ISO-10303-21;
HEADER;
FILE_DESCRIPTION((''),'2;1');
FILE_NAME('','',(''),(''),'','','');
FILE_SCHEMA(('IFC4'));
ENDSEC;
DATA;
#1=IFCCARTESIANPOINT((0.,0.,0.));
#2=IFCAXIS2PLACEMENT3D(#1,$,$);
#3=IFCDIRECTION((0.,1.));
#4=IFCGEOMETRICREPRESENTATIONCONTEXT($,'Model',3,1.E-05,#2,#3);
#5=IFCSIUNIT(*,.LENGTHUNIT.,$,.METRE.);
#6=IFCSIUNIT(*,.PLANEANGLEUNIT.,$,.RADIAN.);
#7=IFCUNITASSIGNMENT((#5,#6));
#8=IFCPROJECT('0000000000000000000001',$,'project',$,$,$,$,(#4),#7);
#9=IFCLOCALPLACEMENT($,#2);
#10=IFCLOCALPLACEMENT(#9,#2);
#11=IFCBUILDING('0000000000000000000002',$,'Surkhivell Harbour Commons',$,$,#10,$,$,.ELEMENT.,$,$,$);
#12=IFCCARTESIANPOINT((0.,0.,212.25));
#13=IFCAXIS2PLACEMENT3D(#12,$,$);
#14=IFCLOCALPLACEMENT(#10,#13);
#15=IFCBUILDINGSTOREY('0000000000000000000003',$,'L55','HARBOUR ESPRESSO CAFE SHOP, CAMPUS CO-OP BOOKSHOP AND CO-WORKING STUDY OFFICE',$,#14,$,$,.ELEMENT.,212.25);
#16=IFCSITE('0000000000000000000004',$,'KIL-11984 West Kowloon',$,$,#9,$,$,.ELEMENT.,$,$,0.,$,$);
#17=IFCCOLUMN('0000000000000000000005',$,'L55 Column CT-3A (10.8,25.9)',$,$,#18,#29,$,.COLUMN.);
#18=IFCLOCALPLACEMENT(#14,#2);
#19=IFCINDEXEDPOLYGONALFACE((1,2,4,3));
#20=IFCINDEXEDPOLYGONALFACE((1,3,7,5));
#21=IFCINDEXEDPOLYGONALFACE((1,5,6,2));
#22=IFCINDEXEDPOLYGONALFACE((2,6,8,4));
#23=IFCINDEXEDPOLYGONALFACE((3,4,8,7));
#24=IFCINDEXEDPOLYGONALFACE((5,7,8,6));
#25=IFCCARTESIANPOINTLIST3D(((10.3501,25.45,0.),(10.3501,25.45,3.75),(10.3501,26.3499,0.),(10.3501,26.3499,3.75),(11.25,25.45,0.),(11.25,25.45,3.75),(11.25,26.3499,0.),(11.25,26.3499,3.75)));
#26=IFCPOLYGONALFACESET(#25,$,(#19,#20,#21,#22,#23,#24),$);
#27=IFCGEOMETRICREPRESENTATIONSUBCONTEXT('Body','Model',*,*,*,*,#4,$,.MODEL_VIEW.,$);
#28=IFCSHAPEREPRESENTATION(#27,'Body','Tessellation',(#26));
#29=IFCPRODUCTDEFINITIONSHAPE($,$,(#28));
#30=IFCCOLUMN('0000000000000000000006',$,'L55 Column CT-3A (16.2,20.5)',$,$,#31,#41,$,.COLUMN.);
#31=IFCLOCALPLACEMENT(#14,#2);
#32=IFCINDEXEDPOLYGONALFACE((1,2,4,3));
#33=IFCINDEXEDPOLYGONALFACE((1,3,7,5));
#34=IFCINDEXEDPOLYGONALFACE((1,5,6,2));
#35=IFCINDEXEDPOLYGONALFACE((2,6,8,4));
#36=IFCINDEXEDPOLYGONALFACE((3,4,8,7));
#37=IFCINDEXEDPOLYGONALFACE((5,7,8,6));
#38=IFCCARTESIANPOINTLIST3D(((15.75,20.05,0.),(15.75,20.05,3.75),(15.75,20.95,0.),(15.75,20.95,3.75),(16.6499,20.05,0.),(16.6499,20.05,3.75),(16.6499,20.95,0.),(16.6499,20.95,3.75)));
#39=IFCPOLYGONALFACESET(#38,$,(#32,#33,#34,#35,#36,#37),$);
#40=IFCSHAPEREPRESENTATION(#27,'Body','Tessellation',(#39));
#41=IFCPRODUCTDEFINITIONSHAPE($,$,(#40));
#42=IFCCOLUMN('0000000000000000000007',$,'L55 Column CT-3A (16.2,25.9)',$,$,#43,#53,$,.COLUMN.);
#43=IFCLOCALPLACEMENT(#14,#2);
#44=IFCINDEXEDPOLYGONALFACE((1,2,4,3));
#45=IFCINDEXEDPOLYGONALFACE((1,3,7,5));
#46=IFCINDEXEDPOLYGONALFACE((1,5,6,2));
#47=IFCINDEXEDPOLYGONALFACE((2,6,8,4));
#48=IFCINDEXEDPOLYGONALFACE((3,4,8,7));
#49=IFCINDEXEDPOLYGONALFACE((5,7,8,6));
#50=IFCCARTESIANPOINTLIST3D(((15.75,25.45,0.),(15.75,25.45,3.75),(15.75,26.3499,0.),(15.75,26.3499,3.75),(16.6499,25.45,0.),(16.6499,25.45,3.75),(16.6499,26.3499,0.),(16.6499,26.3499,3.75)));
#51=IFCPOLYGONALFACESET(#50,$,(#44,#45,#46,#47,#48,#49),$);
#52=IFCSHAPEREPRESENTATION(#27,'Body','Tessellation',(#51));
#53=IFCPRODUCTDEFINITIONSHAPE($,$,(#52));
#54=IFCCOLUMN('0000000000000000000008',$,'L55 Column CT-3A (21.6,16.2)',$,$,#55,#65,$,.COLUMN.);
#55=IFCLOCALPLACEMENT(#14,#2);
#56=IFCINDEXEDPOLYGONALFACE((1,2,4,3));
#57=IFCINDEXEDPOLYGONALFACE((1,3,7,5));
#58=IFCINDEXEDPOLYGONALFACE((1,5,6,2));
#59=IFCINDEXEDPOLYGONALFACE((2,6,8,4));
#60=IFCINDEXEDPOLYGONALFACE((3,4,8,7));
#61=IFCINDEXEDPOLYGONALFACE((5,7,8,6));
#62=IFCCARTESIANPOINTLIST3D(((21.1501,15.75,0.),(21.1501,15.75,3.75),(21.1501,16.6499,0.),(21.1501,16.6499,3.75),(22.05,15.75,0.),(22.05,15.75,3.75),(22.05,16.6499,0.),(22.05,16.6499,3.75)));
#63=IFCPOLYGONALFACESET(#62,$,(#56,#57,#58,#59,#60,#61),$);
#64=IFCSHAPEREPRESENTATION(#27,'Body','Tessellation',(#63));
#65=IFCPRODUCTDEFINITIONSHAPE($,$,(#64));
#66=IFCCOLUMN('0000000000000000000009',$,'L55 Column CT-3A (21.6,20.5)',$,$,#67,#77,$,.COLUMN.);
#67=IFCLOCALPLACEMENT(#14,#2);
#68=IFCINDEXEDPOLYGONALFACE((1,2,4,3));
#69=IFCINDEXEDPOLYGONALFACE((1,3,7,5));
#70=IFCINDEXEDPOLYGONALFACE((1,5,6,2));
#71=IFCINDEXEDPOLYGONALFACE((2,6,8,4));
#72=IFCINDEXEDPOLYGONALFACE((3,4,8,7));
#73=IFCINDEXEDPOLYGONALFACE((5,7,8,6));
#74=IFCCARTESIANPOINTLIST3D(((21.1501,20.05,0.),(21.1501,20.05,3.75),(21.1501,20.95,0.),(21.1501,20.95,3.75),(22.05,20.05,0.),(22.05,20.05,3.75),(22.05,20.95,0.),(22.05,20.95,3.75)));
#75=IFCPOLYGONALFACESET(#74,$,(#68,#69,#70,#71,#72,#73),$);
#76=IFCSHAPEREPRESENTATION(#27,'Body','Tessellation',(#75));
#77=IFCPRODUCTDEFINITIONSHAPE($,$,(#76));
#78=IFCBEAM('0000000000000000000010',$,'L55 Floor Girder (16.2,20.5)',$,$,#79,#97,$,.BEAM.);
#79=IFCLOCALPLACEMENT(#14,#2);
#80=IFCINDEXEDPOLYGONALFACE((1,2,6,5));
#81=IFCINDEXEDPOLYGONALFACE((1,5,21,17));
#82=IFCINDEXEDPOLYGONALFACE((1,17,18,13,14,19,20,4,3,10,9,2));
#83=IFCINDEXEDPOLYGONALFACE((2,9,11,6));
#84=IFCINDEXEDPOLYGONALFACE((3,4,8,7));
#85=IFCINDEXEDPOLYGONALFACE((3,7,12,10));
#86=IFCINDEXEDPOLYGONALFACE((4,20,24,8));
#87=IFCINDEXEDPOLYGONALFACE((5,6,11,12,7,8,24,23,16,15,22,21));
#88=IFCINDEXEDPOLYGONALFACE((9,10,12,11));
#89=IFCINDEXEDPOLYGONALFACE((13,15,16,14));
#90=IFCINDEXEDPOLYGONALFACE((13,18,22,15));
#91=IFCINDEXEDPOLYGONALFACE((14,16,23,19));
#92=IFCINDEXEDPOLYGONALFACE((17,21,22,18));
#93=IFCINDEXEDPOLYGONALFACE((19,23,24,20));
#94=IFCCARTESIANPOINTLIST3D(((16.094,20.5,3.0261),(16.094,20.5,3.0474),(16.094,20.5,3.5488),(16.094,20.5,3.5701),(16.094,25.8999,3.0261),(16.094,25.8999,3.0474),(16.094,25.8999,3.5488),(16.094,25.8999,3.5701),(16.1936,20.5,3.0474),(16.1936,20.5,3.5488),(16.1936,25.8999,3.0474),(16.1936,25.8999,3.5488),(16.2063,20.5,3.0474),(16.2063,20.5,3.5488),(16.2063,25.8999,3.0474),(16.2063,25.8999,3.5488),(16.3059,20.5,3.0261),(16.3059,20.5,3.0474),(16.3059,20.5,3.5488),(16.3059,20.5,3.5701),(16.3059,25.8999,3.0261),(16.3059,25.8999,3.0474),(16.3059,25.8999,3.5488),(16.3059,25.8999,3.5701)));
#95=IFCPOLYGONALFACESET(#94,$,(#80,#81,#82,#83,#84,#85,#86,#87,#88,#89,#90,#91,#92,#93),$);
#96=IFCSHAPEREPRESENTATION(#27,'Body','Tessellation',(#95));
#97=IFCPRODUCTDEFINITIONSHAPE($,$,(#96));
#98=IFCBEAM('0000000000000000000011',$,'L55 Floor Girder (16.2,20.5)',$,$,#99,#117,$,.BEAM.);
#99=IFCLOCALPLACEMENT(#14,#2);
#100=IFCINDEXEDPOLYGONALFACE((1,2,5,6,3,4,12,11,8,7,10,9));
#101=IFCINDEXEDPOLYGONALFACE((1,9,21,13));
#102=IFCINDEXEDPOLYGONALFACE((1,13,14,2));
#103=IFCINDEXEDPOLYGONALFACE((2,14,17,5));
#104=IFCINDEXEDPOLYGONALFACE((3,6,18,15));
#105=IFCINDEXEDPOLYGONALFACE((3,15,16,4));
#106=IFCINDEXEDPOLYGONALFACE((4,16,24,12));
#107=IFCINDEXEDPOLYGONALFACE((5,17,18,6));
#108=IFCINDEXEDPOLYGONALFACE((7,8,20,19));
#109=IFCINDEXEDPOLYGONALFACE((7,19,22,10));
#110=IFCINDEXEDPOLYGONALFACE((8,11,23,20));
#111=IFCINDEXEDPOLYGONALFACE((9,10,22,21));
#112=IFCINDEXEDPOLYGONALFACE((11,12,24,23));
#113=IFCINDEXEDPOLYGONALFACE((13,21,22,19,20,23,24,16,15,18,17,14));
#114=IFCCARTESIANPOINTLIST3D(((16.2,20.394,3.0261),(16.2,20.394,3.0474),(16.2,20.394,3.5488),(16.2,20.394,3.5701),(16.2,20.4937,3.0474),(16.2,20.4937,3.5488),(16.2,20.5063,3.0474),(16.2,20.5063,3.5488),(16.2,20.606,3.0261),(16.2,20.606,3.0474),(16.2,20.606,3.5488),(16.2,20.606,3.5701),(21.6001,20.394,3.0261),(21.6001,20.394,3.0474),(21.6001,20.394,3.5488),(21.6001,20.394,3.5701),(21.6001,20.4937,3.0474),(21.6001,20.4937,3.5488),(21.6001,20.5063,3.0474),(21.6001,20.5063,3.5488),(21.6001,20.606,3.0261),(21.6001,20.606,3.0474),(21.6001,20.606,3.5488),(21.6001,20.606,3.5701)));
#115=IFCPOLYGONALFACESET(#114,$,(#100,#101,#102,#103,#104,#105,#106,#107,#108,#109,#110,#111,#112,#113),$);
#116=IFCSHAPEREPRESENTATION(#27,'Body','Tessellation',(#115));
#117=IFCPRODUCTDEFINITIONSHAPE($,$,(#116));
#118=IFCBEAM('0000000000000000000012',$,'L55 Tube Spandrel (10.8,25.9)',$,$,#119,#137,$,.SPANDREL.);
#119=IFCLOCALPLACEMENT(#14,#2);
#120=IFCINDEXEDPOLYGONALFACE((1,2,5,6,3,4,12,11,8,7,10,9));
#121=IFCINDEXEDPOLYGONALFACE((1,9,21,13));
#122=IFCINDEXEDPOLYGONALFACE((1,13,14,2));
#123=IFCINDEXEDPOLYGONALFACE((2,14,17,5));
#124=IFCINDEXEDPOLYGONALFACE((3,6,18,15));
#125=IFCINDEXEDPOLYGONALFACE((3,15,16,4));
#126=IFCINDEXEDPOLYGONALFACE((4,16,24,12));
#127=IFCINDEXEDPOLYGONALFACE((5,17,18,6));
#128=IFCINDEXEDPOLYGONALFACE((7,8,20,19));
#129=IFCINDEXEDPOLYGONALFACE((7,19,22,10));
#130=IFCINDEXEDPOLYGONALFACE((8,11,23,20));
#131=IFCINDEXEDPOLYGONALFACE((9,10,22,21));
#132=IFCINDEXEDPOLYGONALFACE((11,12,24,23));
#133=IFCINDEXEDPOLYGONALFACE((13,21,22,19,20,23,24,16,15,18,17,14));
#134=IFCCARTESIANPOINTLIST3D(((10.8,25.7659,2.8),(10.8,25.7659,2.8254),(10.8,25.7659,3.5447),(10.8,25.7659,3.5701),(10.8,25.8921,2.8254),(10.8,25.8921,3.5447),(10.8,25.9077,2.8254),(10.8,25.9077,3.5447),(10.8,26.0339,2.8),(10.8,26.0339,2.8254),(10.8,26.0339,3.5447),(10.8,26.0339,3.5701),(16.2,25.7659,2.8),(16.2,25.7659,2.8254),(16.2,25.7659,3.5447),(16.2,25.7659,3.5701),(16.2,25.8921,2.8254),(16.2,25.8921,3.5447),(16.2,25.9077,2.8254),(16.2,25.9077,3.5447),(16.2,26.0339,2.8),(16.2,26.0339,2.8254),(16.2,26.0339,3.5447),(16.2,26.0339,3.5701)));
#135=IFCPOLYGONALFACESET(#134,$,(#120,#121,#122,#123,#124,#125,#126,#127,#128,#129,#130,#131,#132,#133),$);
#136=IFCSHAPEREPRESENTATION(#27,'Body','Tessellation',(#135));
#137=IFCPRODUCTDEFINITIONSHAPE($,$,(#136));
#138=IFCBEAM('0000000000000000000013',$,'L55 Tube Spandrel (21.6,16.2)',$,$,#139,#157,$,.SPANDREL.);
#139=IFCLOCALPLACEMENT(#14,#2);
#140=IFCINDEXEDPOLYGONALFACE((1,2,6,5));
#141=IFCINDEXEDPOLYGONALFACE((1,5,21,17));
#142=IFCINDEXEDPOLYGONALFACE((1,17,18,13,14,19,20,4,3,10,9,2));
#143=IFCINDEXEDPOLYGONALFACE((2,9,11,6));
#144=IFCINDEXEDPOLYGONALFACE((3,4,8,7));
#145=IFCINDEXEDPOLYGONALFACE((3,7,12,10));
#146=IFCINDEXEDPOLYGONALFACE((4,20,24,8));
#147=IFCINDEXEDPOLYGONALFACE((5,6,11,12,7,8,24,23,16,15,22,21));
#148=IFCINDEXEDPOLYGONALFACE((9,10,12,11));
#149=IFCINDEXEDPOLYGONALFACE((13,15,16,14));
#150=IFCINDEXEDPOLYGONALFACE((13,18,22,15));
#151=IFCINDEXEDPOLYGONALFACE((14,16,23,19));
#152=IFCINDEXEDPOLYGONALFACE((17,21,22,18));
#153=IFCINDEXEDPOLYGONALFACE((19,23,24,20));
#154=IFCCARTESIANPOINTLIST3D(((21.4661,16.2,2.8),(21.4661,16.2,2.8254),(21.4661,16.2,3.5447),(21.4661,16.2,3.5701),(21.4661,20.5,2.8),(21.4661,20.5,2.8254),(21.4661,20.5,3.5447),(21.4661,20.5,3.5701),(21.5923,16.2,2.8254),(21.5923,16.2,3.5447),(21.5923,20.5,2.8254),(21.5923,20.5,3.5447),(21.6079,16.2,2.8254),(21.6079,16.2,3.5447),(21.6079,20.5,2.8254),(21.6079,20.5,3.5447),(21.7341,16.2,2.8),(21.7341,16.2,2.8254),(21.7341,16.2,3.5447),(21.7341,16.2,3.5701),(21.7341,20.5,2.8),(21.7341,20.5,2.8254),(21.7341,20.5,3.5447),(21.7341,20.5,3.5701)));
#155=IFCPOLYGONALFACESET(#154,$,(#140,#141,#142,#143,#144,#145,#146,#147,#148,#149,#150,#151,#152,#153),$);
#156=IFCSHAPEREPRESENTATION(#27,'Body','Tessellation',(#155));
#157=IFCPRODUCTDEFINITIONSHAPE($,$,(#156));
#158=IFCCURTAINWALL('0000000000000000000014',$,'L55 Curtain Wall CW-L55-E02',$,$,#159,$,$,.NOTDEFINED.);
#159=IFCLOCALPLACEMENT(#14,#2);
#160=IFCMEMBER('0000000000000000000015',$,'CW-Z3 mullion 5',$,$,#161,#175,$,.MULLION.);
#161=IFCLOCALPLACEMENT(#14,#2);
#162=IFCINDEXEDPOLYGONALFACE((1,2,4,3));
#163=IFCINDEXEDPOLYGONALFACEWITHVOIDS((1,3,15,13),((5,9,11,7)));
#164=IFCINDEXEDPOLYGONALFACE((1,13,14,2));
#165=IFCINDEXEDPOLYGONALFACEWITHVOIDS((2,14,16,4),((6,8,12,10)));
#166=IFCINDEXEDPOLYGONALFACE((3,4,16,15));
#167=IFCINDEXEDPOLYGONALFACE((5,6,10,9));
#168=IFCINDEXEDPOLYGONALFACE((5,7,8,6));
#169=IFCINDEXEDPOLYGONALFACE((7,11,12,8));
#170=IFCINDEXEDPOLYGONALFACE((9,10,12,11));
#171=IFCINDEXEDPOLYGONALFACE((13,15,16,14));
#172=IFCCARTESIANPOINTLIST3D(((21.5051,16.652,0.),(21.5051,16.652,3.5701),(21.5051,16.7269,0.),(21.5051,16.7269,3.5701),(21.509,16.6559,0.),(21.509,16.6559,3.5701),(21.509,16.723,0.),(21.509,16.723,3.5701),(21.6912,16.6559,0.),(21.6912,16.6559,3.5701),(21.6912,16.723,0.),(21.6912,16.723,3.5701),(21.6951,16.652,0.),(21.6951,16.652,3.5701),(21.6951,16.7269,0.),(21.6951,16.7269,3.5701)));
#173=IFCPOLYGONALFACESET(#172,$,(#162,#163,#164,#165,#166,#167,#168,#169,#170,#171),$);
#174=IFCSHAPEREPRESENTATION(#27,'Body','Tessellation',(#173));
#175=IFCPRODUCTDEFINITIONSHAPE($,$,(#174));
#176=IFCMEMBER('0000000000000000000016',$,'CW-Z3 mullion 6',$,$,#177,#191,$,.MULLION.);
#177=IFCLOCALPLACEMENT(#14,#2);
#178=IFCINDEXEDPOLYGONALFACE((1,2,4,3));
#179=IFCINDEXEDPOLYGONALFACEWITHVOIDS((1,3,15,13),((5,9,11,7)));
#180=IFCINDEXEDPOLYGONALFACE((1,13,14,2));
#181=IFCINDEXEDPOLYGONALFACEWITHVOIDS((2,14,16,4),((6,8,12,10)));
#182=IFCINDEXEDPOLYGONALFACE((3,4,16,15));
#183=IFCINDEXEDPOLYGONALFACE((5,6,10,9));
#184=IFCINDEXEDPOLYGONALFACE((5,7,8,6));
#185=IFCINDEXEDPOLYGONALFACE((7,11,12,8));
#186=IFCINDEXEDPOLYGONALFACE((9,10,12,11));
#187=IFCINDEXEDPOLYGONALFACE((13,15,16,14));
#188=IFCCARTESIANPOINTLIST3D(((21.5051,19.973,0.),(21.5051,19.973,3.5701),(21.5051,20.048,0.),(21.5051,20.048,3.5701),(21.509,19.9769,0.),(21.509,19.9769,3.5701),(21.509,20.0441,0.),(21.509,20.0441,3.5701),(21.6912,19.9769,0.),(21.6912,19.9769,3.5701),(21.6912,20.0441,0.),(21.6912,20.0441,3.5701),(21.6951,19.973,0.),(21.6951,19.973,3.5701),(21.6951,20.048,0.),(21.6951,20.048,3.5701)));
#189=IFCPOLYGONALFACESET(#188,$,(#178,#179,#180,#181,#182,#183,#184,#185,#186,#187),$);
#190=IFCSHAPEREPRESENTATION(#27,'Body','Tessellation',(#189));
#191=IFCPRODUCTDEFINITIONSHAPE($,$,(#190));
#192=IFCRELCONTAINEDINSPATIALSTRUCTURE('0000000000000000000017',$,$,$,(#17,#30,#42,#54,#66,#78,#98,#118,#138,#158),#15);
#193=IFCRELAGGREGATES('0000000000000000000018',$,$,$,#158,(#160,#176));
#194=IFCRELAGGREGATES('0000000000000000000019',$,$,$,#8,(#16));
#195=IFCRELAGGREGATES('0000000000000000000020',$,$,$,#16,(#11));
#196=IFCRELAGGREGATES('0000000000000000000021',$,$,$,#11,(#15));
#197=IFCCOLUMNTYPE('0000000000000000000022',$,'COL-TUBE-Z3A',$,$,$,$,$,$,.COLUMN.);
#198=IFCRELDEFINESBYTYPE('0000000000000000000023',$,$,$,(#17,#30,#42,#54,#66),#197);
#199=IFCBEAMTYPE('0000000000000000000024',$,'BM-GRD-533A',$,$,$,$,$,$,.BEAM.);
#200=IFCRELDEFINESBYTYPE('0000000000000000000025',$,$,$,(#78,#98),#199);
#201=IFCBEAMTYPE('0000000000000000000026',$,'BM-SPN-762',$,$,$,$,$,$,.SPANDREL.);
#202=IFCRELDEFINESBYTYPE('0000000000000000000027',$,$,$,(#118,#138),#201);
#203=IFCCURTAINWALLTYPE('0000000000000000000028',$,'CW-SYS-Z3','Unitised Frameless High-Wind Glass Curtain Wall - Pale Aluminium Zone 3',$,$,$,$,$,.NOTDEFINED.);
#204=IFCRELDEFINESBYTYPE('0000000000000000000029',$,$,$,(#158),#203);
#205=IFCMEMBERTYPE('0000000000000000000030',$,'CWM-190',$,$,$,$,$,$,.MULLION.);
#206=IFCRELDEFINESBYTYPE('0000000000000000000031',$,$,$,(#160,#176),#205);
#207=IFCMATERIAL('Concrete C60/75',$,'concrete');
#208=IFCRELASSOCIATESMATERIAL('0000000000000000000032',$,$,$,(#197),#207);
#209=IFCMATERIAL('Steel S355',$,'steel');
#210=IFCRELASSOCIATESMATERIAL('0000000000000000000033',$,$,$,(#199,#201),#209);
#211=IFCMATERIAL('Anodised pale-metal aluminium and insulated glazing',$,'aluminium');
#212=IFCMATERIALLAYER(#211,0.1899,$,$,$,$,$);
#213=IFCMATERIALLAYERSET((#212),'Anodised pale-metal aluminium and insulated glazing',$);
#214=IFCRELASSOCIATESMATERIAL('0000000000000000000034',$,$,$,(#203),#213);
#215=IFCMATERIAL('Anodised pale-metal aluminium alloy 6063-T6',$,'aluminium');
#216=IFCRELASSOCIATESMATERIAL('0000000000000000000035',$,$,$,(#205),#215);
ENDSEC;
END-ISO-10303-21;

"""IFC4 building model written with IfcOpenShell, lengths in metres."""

from ifc_helpers import new_model, si_unit, direction, frame, origin, origin_2d, place, context, subcontext, project, spatial, rectangle, hollow_rectangle, i_section, extrude, material, layer, layer_set, material_profile, profile_set, type_object, element, aggregate, save


model = new_model("IFC4")

# Units and contexts
model_context = context("Model", 3, precision=1e-05, world=origin(), true_north=direction((0.0, 1.0)))
body_context = subcontext(model_context, "Body", "Model", "MODEL_VIEW")
ifc_project = project(units=[si_unit("LENGTHUNIT", "METRE"), si_unit("PLANEANGLEUNIT", "RADIAN")], contexts=[model_context])

# Site, building, storey
site_placement = place(None, origin())
site = spatial("IfcSite", under=ifc_project, at=site_placement, Name="KIL-11984 West Kowloon", CompositionType="ELEMENT", RefElevation=0.0)
building_placement = place(site_placement, origin())
building = spatial("IfcBuilding", under=site, at=building_placement, Name="Surkhivell Harbour Commons", CompositionType="ELEMENT")
storey_placement = place(building_placement, frame((0.0, 0.0, 212.25)))
storey = spatial("IfcBuildingStorey", under=building, at=storey_placement, Name="L55", Description="HARBOUR ESPRESSO CAFE SHOP, CAMPUS CO-OP BOOKSHOP AND CO-WORKING STUDY OFFICE", CompositionType="ELEMENT", Elevation=212.25)

# Columns
ifc_material_1 = material(Name="Concrete C60/75", Category="concrete")
ifc_material_profile_1 = material_profile(ifc_material_1, rectangle(XDim=0.8999, YDim=0.8999, at=origin_2d()), Name="RC-COL-900x900")
ifc_profile_set_1 = profile_set([ifc_material_profile_1], Name="Concrete C60/75")
column_type = type_object("IfcColumnType", Name="COL-TUBE-Z3A", PredefinedType="COLUMN", material=ifc_profile_set_1)
for number, where, z_axis, x_axis, name in (
    (1, (10.8, 25.8999, 0.0), (0.0, 0.0, 1.0), (1.0, 0.0, 0.0), "L55 Column CT-3A (10.8,25.9)"),
    (2, (16.2, 20.5, 0.0), (0.0, 0.0, 1.0), (1.0, 0.0, 0.0), "L55 Column CT-3A (16.2,20.5)"),
    (3, (16.2, 25.8999, 0.0), (0.0, 0.0, 1.0), (1.0, 0.0, 0.0), "L55 Column CT-3A (16.2,25.9)"),
    (4, (21.6001, 16.2, 0.0), (0.0, 0.0, 1.0), (1.0, 0.0, 0.0), "L55 Column CT-3A (21.6,16.2)"),
    (5, (21.6001, 20.5, 0.0), (0.0, 0.0, 1.0), (1.0, 0.0, 0.0), "L55 Column CT-3A (21.6,20.5)"),
):
    element("IfcColumn", number, at=place(storey_placement, frame(where, z_axis=z_axis, x_axis=x_axis)), inside=storey, type_object=column_type, Name=name, PredefinedType="COLUMN", context=body_context, shape_type="SweptSolid", body=[
        extrude(rectangle(XDim=0.8999, YDim=0.8999, at=origin_2d()), origin(), (0.0, 0.0, 1.0), 3.75),
    ])

# Beams
ifc_material_2 = material(Name="Steel S355", Category="steel")
ifc_material_profile_2 = material_profile(ifc_material_2, i_section(OverallWidth=0.2119, OverallDepth=0.5439, WebThickness=0.0127, FlangeThickness=0.0212, at=origin_2d()), Name="UB533x210x122")
ifc_profile_set_2 = profile_set([ifc_material_profile_2], Name="Steel S355")
beam_type_1 = type_object("IfcBeamType", Name="BM-GRD-533A", PredefinedType="BEAM", material=ifc_profile_set_2)
beam_1_placement = place(storey_placement, frame((16.2, 20.5, 3.2981), z_axis=(0.0, 1.0, 0.0), x_axis=(-1.0, 0.0, 0.0)))
element("IfcBeam", 6, at=beam_1_placement, inside=storey, type_object=beam_type_1, Name="L55 Floor Girder (16.2,20.5)", PredefinedType="BEAM", context=body_context, shape_type="SweptSolid", body=[
    extrude(i_section(OverallWidth=0.2119, OverallDepth=0.5439, WebThickness=0.0127, FlangeThickness=0.0212, at=origin_2d()), origin(), (0.0, 0.0, 1.0), 5.3999),
])
beam_2_placement = place(storey_placement, frame((16.2, 20.5, 3.2981), z_axis=(1.0, 0.0, 0.0), x_axis=(0.0, 1.0, 0.0)))
element("IfcBeam", 7, at=beam_2_placement, inside=storey, type_object=beam_type_1, Name="L55 Floor Girder (16.2,20.5)", PredefinedType="BEAM", context=body_context, shape_type="SweptSolid", body=[
    extrude(i_section(OverallWidth=0.2119, OverallDepth=0.5439, WebThickness=0.0127, FlangeThickness=0.0212, at=origin_2d()), origin(), (0.0, 0.0, 1.0), 5.4001),
])
ifc_material_profile_3 = material_profile(ifc_material_2, i_section(OverallWidth=0.2681, OverallDepth=0.77, WebThickness=0.0156, FlangeThickness=0.0254, at=origin_2d()), Name="UB762x267x197")
ifc_profile_set_3 = profile_set([ifc_material_profile_3], Name="Steel S355")
beam_type_2 = type_object("IfcBeamType", Name="BM-SPN-762", PredefinedType="SPANDREL", material=ifc_profile_set_3)
beam_3_placement = place(storey_placement, frame((10.8, 25.8999, 3.1851), z_axis=(1.0, 0.0, 0.0), x_axis=(0.0, 1.0, 0.0)))
element("IfcBeam", 8, at=beam_3_placement, inside=storey, type_object=beam_type_2, Name="L55 Tube Spandrel (10.8,25.9)", PredefinedType="SPANDREL", context=body_context, shape_type="SweptSolid", body=[
    extrude(i_section(OverallWidth=0.2681, OverallDepth=0.77, WebThickness=0.0156, FlangeThickness=0.0254, at=origin_2d()), origin(), (0.0, 0.0, 1.0), 5.3999),
])
beam_4_placement = place(storey_placement, frame((21.6001, 16.2, 3.1851), z_axis=(0.0, 1.0, 0.0), x_axis=(-1.0, 0.0, 0.0)))
element("IfcBeam", 9, at=beam_4_placement, inside=storey, type_object=beam_type_2, Name="L55 Tube Spandrel (21.6,16.2)", PredefinedType="SPANDREL", context=body_context, shape_type="SweptSolid", body=[
    extrude(i_section(OverallWidth=0.2681, OverallDepth=0.77, WebThickness=0.0156, FlangeThickness=0.0254, at=origin_2d()), origin(), (0.0, 0.0, 1.0), 4.3),
])

# Curtain wall, members
ifc_material_3 = material(Name="Anodised pale-metal aluminium and insulated glazing", Category="aluminium")
ifc_layer_1 = layer(ifc_material_3, 0.1899)
ifc_layer_set_1 = layer_set([ifc_layer_1], Name="Anodised pale-metal aluminium and insulated glazing")
curtain_wall_type = type_object("IfcCurtainWallType", Name="CW-SYS-Z3", Description="Unitised Frameless High-Wind Glass Curtain Wall - Pale Aluminium Zone 3", PredefinedType="NOTDEFINED", material=ifc_layer_set_1)
curtain_wall_1_placement = place(storey_placement, origin())
curtain_wall_1 = element("IfcCurtainWall", 10, at=curtain_wall_1_placement, inside=storey, type_object=curtain_wall_type, Name="L55 Curtain Wall CW-L55-E02", PredefinedType="NOTDEFINED")
ifc_material_4 = material(Name="Anodised pale-metal aluminium alloy 6063-T6", Category="aluminium")
ifc_material_profile_4 = material_profile(ifc_material_4, hollow_rectangle(XDim=0.075, YDim=0.1899, WallThickness=0.0039, at=origin_2d()), Name="ALU-MULL-75x190")
ifc_profile_set_4 = profile_set([ifc_material_profile_4], Name="Anodised pale-metal aluminium alloy 6063-T6")
member_type_1 = type_object("IfcMemberType", Name="CWM-190", PredefinedType="MULLION", material=ifc_profile_set_4)
member_1_placement = place(storey_placement, frame((21.6001, 16.6895, 0.0), z_axis=(0.0, 0.0, 1.0), x_axis=(0.0, 1.0, 0.0)))
member_1 = element("IfcMember", 11, at=member_1_placement, type_object=member_type_1, Name="CW-Z3 mullion 5", PredefinedType="MULLION", context=body_context, shape_type="SweptSolid", body=[
    extrude(hollow_rectangle(XDim=0.075, YDim=0.1899, WallThickness=0.0039, at=origin_2d()), origin(), (0.0, 0.0, 1.0), 3.5701),
])
member_2_placement = place(storey_placement, frame((21.6001, 20.0105, 0.0), z_axis=(0.0, 0.0, 1.0), x_axis=(0.0, 1.0, 0.0)))
member_2 = element("IfcMember", 12, at=member_2_placement, type_object=member_type_1, Name="CW-Z3 mullion 6", PredefinedType="MULLION", context=body_context, shape_type="SweptSolid", body=[
    extrude(hollow_rectangle(XDim=0.075, YDim=0.1899, WallThickness=0.0039, at=origin_2d()), origin(), (0.0, 0.0, 1.0), 3.5701),
])

aggregate(curtain_wall_1, [member_1, member_2])

save(model, "model.ifc")
